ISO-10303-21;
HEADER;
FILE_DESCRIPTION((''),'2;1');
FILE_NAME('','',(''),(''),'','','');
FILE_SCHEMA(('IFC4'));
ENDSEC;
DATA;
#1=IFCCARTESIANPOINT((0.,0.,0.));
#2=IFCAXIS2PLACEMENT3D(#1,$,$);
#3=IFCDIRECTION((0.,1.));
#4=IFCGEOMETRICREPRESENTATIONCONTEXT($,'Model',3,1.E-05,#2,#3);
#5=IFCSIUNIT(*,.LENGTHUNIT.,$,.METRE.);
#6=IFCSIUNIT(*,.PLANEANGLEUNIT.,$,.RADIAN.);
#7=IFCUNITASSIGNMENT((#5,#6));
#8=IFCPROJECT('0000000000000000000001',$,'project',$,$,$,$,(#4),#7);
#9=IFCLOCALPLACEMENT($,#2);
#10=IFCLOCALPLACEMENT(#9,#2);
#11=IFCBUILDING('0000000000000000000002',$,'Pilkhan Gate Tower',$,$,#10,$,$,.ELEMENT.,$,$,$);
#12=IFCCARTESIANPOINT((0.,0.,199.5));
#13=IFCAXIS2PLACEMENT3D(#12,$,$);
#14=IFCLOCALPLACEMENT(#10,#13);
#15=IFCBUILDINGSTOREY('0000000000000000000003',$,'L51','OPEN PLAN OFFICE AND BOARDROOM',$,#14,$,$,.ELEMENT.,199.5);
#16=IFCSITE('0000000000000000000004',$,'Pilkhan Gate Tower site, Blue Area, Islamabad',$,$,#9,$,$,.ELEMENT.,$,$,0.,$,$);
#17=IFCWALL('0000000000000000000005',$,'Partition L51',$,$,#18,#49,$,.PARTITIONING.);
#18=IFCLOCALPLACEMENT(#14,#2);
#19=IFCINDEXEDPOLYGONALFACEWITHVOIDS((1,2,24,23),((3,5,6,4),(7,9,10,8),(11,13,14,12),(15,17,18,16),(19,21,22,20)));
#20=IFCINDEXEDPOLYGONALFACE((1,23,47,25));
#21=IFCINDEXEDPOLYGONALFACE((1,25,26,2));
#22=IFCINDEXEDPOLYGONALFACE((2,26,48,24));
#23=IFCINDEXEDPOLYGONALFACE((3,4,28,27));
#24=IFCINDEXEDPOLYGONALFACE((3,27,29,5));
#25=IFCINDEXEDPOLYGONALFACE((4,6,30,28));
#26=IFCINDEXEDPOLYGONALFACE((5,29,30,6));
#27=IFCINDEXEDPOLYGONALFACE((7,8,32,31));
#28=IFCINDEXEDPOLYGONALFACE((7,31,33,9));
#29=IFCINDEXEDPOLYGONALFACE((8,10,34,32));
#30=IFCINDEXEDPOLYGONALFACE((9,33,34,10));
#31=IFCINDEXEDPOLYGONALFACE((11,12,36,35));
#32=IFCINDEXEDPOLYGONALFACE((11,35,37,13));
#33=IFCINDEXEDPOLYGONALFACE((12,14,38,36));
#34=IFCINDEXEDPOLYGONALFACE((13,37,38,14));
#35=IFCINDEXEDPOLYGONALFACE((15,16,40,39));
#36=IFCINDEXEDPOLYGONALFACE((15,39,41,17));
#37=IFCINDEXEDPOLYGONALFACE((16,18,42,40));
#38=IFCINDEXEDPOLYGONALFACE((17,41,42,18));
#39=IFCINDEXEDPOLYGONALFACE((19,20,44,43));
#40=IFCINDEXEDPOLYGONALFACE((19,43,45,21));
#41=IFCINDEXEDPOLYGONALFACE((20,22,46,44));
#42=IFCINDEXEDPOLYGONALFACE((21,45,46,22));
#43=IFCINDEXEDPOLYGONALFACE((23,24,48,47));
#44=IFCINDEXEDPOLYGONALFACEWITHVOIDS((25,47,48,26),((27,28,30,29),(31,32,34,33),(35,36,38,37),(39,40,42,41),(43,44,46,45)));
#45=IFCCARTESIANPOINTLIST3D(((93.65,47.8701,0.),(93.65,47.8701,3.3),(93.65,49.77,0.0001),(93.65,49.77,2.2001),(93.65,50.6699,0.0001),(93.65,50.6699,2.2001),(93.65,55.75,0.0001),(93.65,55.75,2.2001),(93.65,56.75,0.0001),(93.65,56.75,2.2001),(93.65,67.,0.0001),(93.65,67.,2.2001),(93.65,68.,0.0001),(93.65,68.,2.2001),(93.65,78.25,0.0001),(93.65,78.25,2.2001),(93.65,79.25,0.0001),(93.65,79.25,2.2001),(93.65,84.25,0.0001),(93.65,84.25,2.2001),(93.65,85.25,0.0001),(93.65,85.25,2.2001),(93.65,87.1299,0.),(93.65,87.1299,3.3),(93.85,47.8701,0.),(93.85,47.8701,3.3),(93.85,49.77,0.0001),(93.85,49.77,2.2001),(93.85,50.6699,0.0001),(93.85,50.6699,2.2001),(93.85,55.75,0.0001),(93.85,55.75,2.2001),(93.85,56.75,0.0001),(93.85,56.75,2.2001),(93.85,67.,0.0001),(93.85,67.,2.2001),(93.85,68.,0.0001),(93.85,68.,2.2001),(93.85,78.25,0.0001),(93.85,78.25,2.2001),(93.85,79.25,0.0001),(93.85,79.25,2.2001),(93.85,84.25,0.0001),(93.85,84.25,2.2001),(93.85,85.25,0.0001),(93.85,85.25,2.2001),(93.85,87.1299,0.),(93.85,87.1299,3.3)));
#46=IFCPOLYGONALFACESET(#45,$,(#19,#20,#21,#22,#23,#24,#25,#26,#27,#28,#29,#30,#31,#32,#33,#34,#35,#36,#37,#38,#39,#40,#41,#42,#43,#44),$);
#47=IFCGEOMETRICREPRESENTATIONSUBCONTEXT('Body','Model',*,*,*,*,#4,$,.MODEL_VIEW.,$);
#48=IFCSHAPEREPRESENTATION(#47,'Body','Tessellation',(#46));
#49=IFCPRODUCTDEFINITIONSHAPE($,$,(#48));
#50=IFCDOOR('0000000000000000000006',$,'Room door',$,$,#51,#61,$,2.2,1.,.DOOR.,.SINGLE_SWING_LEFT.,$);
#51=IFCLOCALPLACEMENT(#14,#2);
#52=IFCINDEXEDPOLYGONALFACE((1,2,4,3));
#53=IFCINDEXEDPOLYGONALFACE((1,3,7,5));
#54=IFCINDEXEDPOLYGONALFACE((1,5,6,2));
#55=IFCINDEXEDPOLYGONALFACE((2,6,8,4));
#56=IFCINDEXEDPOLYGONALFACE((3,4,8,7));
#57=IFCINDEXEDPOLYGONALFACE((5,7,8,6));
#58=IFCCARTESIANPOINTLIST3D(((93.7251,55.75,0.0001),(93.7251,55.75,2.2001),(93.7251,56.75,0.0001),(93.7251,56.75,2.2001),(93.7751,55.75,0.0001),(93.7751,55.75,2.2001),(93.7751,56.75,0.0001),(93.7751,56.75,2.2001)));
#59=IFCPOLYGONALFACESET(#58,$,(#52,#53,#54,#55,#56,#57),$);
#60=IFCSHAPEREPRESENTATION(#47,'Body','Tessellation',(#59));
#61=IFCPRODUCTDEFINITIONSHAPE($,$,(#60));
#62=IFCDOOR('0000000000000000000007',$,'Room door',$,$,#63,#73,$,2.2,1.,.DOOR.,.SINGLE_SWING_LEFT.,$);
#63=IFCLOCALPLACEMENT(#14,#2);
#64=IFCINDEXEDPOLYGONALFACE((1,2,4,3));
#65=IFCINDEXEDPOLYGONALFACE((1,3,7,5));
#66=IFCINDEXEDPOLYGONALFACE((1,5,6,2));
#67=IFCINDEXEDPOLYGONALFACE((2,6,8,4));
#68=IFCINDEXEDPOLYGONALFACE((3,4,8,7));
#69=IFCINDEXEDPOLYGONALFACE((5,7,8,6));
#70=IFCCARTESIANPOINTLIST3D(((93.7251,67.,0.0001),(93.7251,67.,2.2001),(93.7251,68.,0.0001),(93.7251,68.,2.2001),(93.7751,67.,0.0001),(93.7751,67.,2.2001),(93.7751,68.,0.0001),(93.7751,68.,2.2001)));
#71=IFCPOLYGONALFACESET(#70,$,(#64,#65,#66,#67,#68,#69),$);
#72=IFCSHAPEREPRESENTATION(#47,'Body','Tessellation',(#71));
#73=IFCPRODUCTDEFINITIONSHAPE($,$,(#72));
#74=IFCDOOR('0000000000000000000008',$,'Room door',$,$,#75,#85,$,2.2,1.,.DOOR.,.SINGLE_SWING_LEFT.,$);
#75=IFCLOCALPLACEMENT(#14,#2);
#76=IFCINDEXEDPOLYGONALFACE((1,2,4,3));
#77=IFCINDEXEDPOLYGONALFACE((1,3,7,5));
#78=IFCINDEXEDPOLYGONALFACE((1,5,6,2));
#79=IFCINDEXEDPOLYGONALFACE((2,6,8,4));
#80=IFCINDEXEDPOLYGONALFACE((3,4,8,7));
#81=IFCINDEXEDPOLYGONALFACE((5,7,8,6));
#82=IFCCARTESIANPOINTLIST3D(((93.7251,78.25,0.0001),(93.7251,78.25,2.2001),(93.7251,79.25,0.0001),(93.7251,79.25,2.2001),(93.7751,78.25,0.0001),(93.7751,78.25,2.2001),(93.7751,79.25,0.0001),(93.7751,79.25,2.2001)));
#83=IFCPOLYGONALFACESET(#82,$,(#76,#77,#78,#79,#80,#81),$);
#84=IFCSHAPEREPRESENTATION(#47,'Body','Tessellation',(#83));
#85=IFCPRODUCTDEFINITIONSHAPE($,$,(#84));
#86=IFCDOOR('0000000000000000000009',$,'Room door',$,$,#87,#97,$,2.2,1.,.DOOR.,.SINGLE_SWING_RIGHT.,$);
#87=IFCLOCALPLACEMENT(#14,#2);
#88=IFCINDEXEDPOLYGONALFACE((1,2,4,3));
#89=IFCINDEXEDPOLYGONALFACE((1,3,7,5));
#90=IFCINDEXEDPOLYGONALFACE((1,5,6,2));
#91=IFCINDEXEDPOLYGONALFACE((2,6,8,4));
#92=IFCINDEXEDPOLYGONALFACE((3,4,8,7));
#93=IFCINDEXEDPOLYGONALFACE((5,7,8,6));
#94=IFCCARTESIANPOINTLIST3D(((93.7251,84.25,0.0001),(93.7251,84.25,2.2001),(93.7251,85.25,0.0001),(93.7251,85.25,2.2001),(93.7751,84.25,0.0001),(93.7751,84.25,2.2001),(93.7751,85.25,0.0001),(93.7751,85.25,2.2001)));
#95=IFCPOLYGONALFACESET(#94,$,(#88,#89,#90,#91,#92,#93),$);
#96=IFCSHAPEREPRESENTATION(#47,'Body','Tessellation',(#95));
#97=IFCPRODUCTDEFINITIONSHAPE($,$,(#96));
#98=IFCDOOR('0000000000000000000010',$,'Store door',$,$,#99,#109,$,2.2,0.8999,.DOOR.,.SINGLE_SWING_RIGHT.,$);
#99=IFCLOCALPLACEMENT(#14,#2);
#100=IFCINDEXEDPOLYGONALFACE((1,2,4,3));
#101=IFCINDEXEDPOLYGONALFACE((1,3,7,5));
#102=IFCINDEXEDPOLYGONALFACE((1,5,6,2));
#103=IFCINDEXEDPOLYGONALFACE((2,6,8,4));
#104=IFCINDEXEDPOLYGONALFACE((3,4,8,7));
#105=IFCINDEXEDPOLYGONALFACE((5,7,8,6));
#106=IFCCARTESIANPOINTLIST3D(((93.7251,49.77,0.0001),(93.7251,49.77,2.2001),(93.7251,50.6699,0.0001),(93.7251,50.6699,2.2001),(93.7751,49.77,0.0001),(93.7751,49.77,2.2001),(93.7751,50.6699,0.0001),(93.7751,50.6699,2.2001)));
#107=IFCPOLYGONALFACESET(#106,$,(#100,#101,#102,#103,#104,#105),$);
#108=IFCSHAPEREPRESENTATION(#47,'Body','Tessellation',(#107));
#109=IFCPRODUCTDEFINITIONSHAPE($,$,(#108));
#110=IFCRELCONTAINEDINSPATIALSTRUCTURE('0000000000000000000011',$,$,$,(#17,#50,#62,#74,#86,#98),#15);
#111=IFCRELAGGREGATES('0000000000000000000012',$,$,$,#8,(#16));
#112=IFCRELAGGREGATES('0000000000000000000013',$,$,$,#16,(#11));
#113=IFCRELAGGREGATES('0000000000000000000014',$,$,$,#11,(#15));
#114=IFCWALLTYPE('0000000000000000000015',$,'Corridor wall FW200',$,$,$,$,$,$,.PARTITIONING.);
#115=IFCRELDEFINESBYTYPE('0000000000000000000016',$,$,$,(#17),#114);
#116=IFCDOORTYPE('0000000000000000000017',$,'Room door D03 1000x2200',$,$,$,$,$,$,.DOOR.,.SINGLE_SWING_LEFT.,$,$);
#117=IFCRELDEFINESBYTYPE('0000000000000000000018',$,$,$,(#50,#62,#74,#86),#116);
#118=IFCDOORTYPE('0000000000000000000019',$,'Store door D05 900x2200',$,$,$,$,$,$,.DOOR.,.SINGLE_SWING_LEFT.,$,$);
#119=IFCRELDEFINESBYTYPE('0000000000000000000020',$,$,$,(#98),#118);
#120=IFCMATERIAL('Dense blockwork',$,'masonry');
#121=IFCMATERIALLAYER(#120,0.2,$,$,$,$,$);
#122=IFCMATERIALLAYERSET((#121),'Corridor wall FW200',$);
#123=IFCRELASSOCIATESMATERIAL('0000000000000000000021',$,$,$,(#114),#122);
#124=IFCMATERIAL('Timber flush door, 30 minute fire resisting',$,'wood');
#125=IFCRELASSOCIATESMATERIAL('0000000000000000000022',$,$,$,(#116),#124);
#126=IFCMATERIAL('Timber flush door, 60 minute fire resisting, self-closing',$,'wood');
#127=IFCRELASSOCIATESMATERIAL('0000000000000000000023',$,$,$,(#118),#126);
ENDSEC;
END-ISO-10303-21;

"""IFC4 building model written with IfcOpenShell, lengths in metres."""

from ifc_helpers import new_model, si_unit, direction, frame, frame_2d, origin, place, context, subcontext, project, spatial, rectangle, extrude, material, layer, layer_set, type_object, element, fill, save


model = new_model("IFC4")

# Units and contexts
model_context = context("Model", 3, precision=1e-05, world=origin(), true_north=direction((0.0, 1.0)))
body_context = subcontext(model_context, "Body", "Model", "MODEL_VIEW")
ifc_project = project(units=[si_unit("LENGTHUNIT", "METRE"), si_unit("PLANEANGLEUNIT", "RADIAN")], contexts=[model_context])

# Site, building, storey
site_placement = place(None, origin())
site = spatial("IfcSite", under=ifc_project, at=site_placement, Name="Pilkhan Gate Tower site, Blue Area, Islamabad", CompositionType="ELEMENT", RefElevation=0.0)
building_placement = place(site_placement, origin())
building = spatial("IfcBuilding", under=site, at=building_placement, Name="Pilkhan Gate Tower", CompositionType="ELEMENT")
storey_placement = place(building_placement, frame((0.0, 0.0, 199.5)))
storey = spatial("IfcBuildingStorey", under=building, at=storey_placement, Name="L51", Description="OPEN PLAN OFFICE AND BOARDROOM", CompositionType="ELEMENT", Elevation=199.5)

# Shared definitions
ifc_material_1 = material(Name="Dense blockwork", Category="masonry")
ifc_layer_1 = layer(ifc_material_1, 0.2)
ifc_layer_set_1 = layer_set([ifc_layer_1], Name="Corridor wall FW200")
wall_type = type_object("IfcWallType", Name="Corridor wall FW200", PredefinedType="PARTITIONING", material=ifc_layer_set_1)

# Wall, openings, doors
wall_1_placement = place(storey_placement, frame((93.75, 47.8701, 0.0), z_axis=(0.0, 0.0, 1.0), x_axis=(0.0, 1.0, 0.0)))
wall_1 = element("IfcWall", 1, at=wall_1_placement, inside=storey, type_object=wall_type, Name="Partition L51", PredefinedType="PARTITIONING", context=body_context, shape_type="SweptSolid", body=[
    extrude(rectangle(XDim=39.2598, YDim=0.2, at=frame_2d((19.6299, 0.0))), origin(), (0.0, 0.0, 1.0), 3.3),
])
opening_1_placement = place(wall_1_placement, frame((1.8999, 0.0, 0.0)))
opening_1 = element("IfcOpeningElement", 2, at=opening_1_placement, cuts=wall_1, PredefinedType="OPENING", context=body_context, shape_type="SweptSolid", body=[
    extrude(rectangle(XDim=0.8999, YDim=2.2, at=frame_2d((0.45, 1.1001))), frame((0.0, 0.1099, 0.0), z_axis=(0.0, -1.0, 0.0), x_axis=(1.0, 0.0, 0.0)), (0.0, 0.0, 1.0), 0.22),
])
opening_2_placement = place(wall_1_placement, frame((7.8799, 0.0, 0.0)))
opening_2 = element("IfcOpeningElement", 3, at=opening_2_placement, cuts=wall_1, PredefinedType="OPENING", context=body_context, shape_type="SweptSolid", body=[
    extrude(rectangle(XDim=1.0, YDim=2.2, at=frame_2d((0.5, 1.1001))), frame((0.0, 0.1099, 0.0), z_axis=(0.0, -1.0, 0.0), x_axis=(1.0, 0.0, 0.0)), (0.0, 0.0, 1.0), 0.22),
])
opening_3_placement = place(wall_1_placement, frame((19.1299, 0.0, 0.0)))
opening_3 = element("IfcOpeningElement", 4, at=opening_3_placement, cuts=wall_1, PredefinedType="OPENING", context=body_context, shape_type="SweptSolid", body=[
    extrude(rectangle(XDim=1.0, YDim=2.2, at=frame_2d((0.5, 1.1001))), frame((0.0, 0.1099, 0.0), z_axis=(0.0, -1.0, 0.0), x_axis=(1.0, 0.0, 0.0)), (0.0, 0.0, 1.0), 0.22),
])
opening_4_placement = place(wall_1_placement, frame((30.3799, 0.0, 0.0)))
opening_4 = element("IfcOpeningElement", 5, at=opening_4_placement, cuts=wall_1, PredefinedType="OPENING", context=body_context, shape_type="SweptSolid", body=[
    extrude(rectangle(XDim=1.0, YDim=2.2, at=frame_2d((0.5, 1.1001))), frame((0.0, 0.1099, 0.0), z_axis=(0.0, -1.0, 0.0), x_axis=(1.0, 0.0, 0.0)), (0.0, 0.0, 1.0), 0.22),
])
opening_5_placement = place(wall_1_placement, frame((36.3799, 0.0, 0.0)))
opening_5 = element("IfcOpeningElement", 6, at=opening_5_placement, cuts=wall_1, PredefinedType="OPENING", context=body_context, shape_type="SweptSolid", body=[
    extrude(rectangle(XDim=1.0, YDim=2.2, at=frame_2d((0.5, 1.1001))), frame((0.0, 0.1099, 0.0), z_axis=(0.0, -1.0, 0.0), x_axis=(1.0, 0.0, 0.0)), (0.0, 0.0, 1.0), 0.22),
])
ifc_material_2 = material(Name="Timber flush door, 30 minute fire resisting", Category="wood")
door_type_1 = type_object("IfcDoorType", Name="Room door D03 1000x2200", OperationType="SINGLE_SWING_LEFT", PredefinedType="DOOR", material=ifc_material_2)
door_1_placement = place(opening_2_placement, origin())
door_1 = element("IfcDoor", 7, at=door_1_placement, inside=storey, type_object=door_type_1, Name="Room door", OperationType="SINGLE_SWING_LEFT", OverallHeight=2.2, OverallWidth=1.0, PredefinedType="DOOR", context=body_context, shape_type="SweptSolid", body=[
    extrude(rectangle(XDim=1.0, YDim=2.2, at=frame_2d((0.5, 1.1001))), frame((0.0, 0.0249, 0.0), z_axis=(0.0, -1.0, 0.0), x_axis=(1.0, 0.0, 0.0)), (0.0, 0.0, 1.0), 0.05),
])
fill(opening_2, door_1)
door_2_placement = place(opening_3_placement, origin())
door_2 = element("IfcDoor", 8, at=door_2_placement, inside=storey, type_object=door_type_1, Name="Room door", OperationType="SINGLE_SWING_LEFT", OverallHeight=2.2, OverallWidth=1.0, PredefinedType="DOOR", context=body_context, shape_type="SweptSolid", body=[
    extrude(rectangle(XDim=1.0, YDim=2.2, at=frame_2d((0.5, 1.1001))), frame((0.0, 0.0249, 0.0), z_axis=(0.0, -1.0, 0.0), x_axis=(1.0, 0.0, 0.0)), (0.0, 0.0, 1.0), 0.05),
])
fill(opening_3, door_2)
door_3_placement = place(opening_4_placement, origin())
door_3 = element("IfcDoor", 9, at=door_3_placement, inside=storey, type_object=door_type_1, Name="Room door", OperationType="SINGLE_SWING_LEFT", OverallHeight=2.2, OverallWidth=1.0, PredefinedType="DOOR", context=body_context, shape_type="SweptSolid", body=[
    extrude(rectangle(XDim=1.0, YDim=2.2, at=frame_2d((0.5, 1.1001))), frame((0.0, 0.0249, 0.0), z_axis=(0.0, -1.0, 0.0), x_axis=(1.0, 0.0, 0.0)), (0.0, 0.0, 1.0), 0.05),
])
fill(opening_4, door_3)
door_4_placement = place(opening_5_placement, origin())
door_4 = element("IfcDoor", 10, at=door_4_placement, inside=storey, type_object=door_type_1, Name="Room door", OperationType="SINGLE_SWING_RIGHT", OverallHeight=2.2, OverallWidth=1.0, PredefinedType="DOOR", context=body_context, shape_type="SweptSolid", body=[
    extrude(rectangle(XDim=1.0, YDim=2.2, at=frame_2d((0.5, 1.1001))), frame((0.0, 0.0249, 0.0), z_axis=(0.0, -1.0, 0.0), x_axis=(1.0, 0.0, 0.0)), (0.0, 0.0, 1.0), 0.05),
])
fill(opening_5, door_4)
ifc_material_3 = material(Name="Timber flush door, 60 minute fire resisting, self-closing", Category="wood")
door_type_2 = type_object("IfcDoorType", Name="Store door D05 900x2200", OperationType="SINGLE_SWING_LEFT", PredefinedType="DOOR", material=ifc_material_3)
door_5_placement = place(opening_1_placement, origin())
door_5 = element("IfcDoor", 11, at=door_5_placement, inside=storey, type_object=door_type_2, Name="Store door", OperationType="SINGLE_SWING_RIGHT", OverallHeight=2.2, OverallWidth=0.8999, PredefinedType="DOOR", context=body_context, shape_type="SweptSolid", body=[
    extrude(rectangle(XDim=0.8999, YDim=2.2, at=frame_2d((0.45, 1.1001))), frame((0.0, 0.0249, 0.0), z_axis=(0.0, -1.0, 0.0), x_axis=(1.0, 0.0, 0.0)), (0.0, 0.0, 1.0), 0.05),
])
fill(opening_1, door_5)

save(model, "model.ifc")
